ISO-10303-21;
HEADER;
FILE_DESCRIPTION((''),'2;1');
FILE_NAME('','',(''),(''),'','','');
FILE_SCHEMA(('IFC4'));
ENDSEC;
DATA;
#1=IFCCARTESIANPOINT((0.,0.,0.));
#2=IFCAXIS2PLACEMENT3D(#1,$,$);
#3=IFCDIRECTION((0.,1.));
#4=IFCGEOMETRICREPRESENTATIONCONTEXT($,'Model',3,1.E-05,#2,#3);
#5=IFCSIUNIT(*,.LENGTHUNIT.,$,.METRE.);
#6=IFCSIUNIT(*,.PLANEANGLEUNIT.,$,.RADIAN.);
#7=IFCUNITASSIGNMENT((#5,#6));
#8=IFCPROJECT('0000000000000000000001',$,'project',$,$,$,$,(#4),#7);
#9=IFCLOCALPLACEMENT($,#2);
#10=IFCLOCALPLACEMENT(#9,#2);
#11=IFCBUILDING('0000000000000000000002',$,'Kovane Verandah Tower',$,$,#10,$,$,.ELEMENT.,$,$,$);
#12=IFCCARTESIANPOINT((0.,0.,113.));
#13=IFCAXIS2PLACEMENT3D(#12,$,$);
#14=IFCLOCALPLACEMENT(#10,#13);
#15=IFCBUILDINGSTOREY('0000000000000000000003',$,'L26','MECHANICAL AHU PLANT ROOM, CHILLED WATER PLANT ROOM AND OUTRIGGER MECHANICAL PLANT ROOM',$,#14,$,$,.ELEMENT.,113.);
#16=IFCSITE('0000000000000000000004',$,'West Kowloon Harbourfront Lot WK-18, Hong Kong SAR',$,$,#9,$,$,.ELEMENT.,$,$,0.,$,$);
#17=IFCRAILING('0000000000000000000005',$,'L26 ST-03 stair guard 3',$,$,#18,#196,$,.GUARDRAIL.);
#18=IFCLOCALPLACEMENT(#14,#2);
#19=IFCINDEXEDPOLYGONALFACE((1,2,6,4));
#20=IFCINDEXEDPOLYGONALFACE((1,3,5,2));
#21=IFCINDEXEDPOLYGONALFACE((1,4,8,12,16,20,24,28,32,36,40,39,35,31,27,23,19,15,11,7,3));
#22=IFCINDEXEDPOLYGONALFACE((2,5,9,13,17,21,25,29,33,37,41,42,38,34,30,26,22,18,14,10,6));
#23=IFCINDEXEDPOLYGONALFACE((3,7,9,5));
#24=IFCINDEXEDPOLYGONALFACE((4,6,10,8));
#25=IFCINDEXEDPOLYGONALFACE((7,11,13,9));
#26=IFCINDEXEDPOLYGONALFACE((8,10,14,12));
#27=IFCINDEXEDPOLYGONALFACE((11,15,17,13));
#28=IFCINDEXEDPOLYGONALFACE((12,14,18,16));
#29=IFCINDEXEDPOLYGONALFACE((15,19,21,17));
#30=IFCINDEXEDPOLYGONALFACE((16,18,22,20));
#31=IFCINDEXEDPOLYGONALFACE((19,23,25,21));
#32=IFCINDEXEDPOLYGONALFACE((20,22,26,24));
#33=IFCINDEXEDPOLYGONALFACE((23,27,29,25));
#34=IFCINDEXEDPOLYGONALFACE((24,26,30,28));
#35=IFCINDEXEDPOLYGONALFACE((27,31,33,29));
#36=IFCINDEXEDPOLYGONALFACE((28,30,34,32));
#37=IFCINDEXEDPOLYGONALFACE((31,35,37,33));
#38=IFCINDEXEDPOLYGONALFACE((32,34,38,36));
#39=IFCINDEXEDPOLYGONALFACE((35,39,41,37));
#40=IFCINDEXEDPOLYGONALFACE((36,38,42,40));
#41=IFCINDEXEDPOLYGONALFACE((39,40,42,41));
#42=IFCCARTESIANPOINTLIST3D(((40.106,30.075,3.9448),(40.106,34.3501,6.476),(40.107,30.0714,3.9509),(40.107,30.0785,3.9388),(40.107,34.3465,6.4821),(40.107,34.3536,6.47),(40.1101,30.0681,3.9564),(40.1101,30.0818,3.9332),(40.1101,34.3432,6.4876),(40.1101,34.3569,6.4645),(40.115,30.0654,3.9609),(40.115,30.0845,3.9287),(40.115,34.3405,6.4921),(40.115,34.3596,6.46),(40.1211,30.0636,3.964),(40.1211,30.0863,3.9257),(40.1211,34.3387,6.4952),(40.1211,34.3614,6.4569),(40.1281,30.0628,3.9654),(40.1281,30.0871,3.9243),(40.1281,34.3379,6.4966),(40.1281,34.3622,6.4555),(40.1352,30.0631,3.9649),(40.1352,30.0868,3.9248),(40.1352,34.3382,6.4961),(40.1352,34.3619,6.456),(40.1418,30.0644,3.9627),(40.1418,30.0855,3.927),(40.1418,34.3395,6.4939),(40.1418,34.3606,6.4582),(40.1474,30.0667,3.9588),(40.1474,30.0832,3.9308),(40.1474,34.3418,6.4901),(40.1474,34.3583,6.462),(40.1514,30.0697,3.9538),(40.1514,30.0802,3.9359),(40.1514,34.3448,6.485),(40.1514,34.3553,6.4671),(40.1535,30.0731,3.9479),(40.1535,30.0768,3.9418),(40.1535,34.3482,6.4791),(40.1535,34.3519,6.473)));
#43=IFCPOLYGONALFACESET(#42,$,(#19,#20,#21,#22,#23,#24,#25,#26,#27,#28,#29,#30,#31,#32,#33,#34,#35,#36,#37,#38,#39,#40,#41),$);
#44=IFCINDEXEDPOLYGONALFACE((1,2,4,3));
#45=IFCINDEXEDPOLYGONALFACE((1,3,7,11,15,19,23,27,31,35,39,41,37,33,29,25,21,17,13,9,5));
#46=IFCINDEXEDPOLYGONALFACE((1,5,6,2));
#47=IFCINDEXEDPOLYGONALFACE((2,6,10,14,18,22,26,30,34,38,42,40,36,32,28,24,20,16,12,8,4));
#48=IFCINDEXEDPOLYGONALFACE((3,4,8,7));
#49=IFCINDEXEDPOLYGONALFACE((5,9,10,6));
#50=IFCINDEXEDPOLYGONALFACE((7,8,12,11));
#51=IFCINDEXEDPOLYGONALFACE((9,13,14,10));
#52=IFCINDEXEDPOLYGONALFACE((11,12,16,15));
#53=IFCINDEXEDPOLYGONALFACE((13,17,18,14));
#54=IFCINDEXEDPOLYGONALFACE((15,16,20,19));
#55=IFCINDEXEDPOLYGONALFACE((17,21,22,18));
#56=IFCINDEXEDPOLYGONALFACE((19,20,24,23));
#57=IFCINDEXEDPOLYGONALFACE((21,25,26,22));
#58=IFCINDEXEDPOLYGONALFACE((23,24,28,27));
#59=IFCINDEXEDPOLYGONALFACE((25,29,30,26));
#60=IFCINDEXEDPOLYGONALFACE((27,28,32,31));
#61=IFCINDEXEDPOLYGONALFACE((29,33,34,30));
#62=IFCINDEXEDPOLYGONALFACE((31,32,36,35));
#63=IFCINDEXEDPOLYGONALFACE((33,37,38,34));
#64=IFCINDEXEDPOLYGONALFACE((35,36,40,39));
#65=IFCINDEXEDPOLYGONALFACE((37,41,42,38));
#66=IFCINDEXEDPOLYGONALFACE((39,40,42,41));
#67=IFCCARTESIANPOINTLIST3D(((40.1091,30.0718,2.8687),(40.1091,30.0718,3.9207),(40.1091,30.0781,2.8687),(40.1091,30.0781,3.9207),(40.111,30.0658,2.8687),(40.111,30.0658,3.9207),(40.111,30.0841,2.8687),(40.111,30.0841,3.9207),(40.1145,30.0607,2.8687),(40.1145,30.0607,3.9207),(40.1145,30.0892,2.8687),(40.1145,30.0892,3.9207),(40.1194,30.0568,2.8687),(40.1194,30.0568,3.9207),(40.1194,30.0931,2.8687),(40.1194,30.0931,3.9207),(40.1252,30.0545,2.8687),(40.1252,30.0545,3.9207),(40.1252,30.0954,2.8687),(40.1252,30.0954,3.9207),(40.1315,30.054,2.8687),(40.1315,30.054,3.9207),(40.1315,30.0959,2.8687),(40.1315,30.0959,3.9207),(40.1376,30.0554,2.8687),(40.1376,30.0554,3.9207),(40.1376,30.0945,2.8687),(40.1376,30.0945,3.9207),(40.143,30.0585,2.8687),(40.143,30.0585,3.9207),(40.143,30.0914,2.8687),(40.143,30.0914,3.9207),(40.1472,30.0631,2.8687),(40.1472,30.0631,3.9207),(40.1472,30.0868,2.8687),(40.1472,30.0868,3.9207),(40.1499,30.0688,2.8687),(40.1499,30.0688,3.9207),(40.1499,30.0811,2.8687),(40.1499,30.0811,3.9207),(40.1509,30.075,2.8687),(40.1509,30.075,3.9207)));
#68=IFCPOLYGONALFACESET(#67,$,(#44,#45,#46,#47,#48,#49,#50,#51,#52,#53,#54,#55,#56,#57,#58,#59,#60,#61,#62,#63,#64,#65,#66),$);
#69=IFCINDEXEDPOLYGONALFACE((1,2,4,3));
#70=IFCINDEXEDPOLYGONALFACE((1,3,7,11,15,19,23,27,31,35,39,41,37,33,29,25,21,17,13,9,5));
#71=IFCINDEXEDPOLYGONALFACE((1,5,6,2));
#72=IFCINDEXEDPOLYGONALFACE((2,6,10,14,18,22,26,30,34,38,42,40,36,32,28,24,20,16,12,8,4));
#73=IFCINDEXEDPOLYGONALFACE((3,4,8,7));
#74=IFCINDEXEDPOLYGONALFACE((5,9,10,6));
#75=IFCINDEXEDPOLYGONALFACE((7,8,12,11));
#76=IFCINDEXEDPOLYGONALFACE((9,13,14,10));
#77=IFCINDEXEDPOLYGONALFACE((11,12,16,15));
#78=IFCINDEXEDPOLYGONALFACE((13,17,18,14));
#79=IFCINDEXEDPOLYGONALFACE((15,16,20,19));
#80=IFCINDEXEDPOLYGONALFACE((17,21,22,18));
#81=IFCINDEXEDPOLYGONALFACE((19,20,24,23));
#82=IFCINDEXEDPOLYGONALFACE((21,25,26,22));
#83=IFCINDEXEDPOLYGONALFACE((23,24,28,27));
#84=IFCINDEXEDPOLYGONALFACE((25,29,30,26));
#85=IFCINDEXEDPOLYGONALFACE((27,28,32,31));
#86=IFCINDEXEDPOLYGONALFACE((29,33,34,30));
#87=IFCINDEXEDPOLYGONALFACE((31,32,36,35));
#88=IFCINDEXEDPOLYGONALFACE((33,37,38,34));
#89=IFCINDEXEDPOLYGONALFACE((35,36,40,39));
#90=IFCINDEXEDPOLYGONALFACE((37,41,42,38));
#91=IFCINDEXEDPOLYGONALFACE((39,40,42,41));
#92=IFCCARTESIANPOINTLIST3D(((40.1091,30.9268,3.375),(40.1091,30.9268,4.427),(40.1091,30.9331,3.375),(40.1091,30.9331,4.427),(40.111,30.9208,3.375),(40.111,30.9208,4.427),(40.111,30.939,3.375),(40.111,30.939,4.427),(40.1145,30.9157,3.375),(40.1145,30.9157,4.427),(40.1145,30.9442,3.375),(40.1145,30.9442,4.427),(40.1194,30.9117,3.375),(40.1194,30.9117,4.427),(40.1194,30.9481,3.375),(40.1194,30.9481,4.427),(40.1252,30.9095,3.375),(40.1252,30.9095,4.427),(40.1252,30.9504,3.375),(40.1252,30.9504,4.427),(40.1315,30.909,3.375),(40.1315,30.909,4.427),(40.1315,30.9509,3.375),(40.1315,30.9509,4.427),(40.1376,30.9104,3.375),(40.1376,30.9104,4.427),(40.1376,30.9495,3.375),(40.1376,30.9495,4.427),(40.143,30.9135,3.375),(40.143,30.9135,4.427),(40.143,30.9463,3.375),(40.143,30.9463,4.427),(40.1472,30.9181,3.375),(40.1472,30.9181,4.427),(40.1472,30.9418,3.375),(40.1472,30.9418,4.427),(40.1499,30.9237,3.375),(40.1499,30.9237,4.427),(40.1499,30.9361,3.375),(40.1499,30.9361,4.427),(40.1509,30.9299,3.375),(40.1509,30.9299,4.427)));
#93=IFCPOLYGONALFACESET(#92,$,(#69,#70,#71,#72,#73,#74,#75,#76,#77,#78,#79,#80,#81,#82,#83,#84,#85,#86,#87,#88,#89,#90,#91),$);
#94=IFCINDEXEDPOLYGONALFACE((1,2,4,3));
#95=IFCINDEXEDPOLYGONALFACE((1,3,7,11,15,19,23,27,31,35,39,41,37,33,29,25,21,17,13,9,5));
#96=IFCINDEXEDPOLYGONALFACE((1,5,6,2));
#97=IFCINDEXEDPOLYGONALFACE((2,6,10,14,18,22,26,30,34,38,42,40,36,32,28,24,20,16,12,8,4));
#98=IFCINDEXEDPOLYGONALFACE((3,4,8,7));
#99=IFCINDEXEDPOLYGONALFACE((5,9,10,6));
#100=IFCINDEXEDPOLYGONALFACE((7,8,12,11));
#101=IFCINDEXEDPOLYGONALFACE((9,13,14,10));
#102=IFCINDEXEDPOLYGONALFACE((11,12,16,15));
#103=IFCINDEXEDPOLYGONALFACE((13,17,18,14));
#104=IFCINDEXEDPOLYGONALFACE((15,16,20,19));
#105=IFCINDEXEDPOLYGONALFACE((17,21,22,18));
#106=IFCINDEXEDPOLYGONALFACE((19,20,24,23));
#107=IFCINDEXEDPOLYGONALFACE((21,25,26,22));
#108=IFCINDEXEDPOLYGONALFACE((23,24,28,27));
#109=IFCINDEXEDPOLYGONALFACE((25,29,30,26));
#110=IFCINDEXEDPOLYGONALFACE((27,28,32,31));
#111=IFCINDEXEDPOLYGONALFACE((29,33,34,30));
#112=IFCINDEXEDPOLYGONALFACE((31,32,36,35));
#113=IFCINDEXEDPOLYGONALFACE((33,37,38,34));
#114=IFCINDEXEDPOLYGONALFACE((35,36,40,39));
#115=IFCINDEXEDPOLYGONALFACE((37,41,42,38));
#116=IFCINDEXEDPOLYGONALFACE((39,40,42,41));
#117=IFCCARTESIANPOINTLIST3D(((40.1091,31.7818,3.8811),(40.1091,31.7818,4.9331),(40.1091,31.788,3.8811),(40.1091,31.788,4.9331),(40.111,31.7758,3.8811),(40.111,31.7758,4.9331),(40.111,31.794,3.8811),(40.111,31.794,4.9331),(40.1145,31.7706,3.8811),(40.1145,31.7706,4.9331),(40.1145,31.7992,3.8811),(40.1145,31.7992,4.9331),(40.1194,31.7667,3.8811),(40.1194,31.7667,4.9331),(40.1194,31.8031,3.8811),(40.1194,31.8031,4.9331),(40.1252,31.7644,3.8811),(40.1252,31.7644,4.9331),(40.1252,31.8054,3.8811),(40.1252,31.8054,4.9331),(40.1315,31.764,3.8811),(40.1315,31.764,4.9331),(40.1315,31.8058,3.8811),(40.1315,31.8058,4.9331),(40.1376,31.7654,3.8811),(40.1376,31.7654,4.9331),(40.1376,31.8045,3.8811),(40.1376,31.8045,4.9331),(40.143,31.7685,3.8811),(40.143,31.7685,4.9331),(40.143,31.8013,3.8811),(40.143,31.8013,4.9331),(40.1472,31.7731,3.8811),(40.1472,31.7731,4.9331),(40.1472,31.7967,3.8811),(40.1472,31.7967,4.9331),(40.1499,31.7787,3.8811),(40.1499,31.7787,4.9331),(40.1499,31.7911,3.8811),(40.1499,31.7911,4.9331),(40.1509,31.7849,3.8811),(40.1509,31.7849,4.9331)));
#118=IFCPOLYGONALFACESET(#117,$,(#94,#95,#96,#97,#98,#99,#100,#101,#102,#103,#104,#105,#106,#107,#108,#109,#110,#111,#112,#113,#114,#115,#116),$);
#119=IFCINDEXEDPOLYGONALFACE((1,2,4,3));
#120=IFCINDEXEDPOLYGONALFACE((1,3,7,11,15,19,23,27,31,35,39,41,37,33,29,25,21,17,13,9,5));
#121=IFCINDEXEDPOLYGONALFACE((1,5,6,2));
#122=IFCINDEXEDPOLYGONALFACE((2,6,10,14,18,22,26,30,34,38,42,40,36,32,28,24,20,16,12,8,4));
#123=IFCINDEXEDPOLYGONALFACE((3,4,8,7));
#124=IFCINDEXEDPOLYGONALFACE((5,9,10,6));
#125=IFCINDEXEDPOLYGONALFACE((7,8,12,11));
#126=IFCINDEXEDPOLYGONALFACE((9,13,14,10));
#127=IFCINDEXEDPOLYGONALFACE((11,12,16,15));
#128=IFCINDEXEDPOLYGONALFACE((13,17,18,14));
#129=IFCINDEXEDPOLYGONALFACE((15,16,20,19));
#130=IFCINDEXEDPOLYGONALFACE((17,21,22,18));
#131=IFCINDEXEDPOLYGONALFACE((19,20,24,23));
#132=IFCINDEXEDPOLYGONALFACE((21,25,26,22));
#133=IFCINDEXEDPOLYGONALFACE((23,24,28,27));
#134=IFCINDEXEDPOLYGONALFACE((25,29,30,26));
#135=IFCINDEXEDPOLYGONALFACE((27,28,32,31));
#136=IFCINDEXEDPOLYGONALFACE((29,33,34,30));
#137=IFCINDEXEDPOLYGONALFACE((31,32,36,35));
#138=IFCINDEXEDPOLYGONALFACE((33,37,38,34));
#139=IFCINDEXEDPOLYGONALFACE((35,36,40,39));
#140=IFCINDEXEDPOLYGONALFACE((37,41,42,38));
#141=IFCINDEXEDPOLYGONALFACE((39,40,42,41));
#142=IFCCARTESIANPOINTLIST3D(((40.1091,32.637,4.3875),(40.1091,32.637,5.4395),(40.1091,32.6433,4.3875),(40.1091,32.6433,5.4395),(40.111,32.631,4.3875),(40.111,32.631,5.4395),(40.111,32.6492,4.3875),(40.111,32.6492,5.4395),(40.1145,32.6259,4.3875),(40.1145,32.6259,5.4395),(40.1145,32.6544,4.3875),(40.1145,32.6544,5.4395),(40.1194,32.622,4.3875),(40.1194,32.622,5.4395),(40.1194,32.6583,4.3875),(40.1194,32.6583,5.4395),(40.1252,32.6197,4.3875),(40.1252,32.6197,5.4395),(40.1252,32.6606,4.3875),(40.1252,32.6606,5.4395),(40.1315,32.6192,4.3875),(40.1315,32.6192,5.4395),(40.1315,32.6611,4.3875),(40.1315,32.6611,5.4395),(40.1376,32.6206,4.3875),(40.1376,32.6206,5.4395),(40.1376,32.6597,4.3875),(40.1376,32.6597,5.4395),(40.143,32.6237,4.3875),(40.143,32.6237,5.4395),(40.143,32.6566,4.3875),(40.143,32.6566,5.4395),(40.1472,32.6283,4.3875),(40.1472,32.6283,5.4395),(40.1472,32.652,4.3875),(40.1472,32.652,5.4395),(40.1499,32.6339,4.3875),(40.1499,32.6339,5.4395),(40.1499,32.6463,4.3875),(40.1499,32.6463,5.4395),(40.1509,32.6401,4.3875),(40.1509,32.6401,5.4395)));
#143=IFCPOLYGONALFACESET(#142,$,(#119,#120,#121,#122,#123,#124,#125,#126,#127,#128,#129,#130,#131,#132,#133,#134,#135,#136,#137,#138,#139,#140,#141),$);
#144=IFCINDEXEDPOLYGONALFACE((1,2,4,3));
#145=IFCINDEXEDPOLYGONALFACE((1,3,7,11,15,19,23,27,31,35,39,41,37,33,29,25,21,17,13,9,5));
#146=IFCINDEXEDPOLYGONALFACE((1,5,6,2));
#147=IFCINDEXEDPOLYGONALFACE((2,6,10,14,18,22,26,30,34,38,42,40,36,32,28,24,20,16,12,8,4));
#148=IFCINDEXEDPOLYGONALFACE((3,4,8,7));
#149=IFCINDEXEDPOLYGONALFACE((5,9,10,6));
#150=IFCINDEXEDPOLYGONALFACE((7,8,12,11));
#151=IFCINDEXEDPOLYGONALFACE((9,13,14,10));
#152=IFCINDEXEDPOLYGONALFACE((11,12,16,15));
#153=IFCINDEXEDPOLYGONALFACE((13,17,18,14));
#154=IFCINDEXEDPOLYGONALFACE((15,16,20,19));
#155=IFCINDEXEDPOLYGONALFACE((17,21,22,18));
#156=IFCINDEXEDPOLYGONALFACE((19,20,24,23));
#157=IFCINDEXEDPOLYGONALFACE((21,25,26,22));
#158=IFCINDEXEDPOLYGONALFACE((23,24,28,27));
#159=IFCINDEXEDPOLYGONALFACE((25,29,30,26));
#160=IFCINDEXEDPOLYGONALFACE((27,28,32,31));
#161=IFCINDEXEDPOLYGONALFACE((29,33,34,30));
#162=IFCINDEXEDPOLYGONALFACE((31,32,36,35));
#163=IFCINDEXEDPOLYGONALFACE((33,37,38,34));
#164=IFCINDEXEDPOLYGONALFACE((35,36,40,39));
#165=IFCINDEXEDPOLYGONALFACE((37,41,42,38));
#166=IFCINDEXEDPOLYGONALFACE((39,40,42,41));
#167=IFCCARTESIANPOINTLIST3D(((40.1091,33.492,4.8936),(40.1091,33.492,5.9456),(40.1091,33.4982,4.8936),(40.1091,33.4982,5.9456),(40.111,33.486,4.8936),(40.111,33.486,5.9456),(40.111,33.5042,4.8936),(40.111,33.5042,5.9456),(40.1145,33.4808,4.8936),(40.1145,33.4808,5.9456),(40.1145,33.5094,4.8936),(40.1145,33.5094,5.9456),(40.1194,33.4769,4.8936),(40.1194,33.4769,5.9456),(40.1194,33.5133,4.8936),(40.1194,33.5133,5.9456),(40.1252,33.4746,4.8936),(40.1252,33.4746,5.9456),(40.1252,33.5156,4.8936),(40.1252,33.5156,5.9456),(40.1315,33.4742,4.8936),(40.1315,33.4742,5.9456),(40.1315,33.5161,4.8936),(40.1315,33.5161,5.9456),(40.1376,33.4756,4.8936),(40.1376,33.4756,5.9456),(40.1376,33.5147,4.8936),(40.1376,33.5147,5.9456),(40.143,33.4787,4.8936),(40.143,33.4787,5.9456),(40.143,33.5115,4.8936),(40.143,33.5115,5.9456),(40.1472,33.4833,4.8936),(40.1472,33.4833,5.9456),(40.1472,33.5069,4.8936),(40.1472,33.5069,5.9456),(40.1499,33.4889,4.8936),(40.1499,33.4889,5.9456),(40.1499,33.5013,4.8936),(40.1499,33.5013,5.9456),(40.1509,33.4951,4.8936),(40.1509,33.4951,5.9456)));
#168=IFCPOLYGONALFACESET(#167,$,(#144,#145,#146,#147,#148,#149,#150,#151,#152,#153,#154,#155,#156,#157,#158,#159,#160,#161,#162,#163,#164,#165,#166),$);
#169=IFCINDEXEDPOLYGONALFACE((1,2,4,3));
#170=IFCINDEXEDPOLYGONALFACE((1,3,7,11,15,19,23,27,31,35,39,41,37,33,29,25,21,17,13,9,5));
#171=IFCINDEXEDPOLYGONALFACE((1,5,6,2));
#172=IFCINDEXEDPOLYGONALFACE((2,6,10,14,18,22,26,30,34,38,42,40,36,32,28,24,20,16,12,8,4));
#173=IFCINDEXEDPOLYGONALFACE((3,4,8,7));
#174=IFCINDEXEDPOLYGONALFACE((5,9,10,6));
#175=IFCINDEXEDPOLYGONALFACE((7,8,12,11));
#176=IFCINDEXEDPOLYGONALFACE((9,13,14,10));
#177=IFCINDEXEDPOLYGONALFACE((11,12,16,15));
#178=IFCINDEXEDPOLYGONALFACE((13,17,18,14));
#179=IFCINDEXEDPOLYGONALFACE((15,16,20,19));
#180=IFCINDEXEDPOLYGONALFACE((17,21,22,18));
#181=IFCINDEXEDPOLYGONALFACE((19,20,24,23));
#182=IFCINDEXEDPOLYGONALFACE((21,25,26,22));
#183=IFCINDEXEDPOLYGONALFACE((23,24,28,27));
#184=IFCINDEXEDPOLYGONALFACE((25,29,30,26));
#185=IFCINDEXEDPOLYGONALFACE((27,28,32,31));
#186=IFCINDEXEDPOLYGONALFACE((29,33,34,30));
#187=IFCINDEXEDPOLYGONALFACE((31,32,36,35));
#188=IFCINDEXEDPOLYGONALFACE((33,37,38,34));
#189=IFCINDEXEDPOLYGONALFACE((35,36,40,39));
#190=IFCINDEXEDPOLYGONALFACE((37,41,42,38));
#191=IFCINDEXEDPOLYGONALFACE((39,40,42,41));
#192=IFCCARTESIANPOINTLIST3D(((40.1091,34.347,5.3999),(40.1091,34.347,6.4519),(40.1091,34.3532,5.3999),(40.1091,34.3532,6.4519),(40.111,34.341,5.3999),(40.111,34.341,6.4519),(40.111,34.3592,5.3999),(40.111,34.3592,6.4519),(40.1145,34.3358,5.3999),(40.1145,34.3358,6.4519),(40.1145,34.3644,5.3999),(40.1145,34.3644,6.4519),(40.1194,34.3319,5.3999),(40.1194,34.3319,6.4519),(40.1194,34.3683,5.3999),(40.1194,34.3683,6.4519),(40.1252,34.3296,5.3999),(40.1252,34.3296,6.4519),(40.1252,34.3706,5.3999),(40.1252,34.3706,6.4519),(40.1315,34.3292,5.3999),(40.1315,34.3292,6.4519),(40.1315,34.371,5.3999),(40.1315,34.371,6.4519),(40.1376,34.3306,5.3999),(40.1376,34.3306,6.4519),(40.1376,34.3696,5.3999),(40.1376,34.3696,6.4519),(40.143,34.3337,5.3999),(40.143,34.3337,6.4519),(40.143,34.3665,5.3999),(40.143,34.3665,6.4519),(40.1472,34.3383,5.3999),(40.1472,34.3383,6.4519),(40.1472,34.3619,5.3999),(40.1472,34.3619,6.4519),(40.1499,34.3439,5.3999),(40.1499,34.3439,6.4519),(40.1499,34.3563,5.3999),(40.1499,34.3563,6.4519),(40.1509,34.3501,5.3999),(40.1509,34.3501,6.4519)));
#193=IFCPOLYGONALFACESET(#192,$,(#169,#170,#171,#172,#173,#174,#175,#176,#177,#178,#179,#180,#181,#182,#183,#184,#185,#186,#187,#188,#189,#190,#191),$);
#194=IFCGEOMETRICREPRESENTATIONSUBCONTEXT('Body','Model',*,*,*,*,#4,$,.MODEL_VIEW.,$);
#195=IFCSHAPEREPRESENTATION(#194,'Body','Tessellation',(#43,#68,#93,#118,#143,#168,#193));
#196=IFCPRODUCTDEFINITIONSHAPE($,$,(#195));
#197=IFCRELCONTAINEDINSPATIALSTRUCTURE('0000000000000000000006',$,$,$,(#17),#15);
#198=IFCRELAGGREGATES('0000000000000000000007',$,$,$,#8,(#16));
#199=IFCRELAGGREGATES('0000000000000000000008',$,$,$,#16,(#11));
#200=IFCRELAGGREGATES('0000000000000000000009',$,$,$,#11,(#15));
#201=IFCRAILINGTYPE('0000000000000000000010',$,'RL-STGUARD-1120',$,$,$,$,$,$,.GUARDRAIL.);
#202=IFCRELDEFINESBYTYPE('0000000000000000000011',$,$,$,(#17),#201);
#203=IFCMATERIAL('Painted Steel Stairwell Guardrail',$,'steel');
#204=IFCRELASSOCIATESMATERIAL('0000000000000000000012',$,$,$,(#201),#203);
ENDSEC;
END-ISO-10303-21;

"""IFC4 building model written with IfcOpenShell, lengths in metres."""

from ifc_helpers import new_model, si_unit, direction, frame, origin, origin_2d, place, context, subcontext, project, spatial, circle, extrude, material, type_object, element, save


model = new_model("IFC4")

# Units and contexts
model_context = context("Model", 3, precision=1e-05, world=origin(), true_north=direction((0.0, 1.0)))
body_context = subcontext(model_context, "Body", "Model", "MODEL_VIEW")
ifc_project = project(units=[si_unit("LENGTHUNIT", "METRE"), si_unit("PLANEANGLEUNIT", "RADIAN")], contexts=[model_context])

# Site, building, storey
site_placement = place(None, origin())
site = spatial("IfcSite", under=ifc_project, at=site_placement, Name="West Kowloon Harbourfront Lot WK-18, Hong Kong SAR", CompositionType="ELEMENT", RefElevation=0.0)
building_placement = place(site_placement, origin())
building = spatial("IfcBuilding", under=site, at=building_placement, Name="Kovane Verandah Tower", CompositionType="ELEMENT")
storey_placement = place(building_placement, frame((0.0, 0.0, 113.0)))
storey = spatial("IfcBuildingStorey", under=building, at=storey_placement, Name="L26", Description="MECHANICAL AHU PLANT ROOM, CHILLED WATER PLANT ROOM AND OUTRIGGER MECHANICAL PLANT ROOM", CompositionType="ELEMENT", Elevation=113.0)

# Railing
ifc_material_1 = material(Name="Painted Steel Stairwell Guardrail", Category="steel")
railing_type_1 = type_object("IfcRailingType", Name="RL-STGUARD-1120", PredefinedType="GUARDRAIL", material=ifc_material_1)
railing_1_placement = place(storey_placement, frame((40.1299, 30.075, 2.8687)))
element("IfcRailing", 1, at=railing_1_placement, inside=storey, type_object=railing_type_1, Name="L26 ST-03 stair guard 3", PredefinedType="GUARDRAIL", context=body_context, shape_type="SweptSolid", body=[
    extrude(circle(Radius=0.0239, at=origin_2d()), frame((0.0, 0.0, 1.0762), z_axis=(0.0, 0.860483, 0.509479), x_axis=(-1.0, 0.0, 0.0)), (0.0, 0.0, 1.0), 4.9683),
    extrude(circle(Radius=0.021, at=origin_2d()), origin(), (0.0, 0.0, 1.0), 1.052),
    extrude(circle(Radius=0.021, at=origin_2d()), frame((0.0, 0.855, 0.5063)), (0.0, 0.0, 1.0), 1.052),
    extrude(circle(Radius=0.021, at=origin_2d()), frame((0.0, 1.71, 1.0125)), (0.0, 0.0, 1.0), 1.052),
    extrude(circle(Radius=0.021, at=origin_2d()), frame((0.0, 2.5652, 1.5188)), (0.0, 0.0, 1.0), 1.052),
    extrude(circle(Radius=0.021, at=origin_2d()), frame((0.0, 3.4202, 2.0249)), (0.0, 0.0, 1.0), 1.052),
    extrude(circle(Radius=0.021, at=origin_2d()), frame((0.0, 4.2751, 2.5312)), (0.0, 0.0, 1.0), 1.052),
])

save(model, "model.ifc")
